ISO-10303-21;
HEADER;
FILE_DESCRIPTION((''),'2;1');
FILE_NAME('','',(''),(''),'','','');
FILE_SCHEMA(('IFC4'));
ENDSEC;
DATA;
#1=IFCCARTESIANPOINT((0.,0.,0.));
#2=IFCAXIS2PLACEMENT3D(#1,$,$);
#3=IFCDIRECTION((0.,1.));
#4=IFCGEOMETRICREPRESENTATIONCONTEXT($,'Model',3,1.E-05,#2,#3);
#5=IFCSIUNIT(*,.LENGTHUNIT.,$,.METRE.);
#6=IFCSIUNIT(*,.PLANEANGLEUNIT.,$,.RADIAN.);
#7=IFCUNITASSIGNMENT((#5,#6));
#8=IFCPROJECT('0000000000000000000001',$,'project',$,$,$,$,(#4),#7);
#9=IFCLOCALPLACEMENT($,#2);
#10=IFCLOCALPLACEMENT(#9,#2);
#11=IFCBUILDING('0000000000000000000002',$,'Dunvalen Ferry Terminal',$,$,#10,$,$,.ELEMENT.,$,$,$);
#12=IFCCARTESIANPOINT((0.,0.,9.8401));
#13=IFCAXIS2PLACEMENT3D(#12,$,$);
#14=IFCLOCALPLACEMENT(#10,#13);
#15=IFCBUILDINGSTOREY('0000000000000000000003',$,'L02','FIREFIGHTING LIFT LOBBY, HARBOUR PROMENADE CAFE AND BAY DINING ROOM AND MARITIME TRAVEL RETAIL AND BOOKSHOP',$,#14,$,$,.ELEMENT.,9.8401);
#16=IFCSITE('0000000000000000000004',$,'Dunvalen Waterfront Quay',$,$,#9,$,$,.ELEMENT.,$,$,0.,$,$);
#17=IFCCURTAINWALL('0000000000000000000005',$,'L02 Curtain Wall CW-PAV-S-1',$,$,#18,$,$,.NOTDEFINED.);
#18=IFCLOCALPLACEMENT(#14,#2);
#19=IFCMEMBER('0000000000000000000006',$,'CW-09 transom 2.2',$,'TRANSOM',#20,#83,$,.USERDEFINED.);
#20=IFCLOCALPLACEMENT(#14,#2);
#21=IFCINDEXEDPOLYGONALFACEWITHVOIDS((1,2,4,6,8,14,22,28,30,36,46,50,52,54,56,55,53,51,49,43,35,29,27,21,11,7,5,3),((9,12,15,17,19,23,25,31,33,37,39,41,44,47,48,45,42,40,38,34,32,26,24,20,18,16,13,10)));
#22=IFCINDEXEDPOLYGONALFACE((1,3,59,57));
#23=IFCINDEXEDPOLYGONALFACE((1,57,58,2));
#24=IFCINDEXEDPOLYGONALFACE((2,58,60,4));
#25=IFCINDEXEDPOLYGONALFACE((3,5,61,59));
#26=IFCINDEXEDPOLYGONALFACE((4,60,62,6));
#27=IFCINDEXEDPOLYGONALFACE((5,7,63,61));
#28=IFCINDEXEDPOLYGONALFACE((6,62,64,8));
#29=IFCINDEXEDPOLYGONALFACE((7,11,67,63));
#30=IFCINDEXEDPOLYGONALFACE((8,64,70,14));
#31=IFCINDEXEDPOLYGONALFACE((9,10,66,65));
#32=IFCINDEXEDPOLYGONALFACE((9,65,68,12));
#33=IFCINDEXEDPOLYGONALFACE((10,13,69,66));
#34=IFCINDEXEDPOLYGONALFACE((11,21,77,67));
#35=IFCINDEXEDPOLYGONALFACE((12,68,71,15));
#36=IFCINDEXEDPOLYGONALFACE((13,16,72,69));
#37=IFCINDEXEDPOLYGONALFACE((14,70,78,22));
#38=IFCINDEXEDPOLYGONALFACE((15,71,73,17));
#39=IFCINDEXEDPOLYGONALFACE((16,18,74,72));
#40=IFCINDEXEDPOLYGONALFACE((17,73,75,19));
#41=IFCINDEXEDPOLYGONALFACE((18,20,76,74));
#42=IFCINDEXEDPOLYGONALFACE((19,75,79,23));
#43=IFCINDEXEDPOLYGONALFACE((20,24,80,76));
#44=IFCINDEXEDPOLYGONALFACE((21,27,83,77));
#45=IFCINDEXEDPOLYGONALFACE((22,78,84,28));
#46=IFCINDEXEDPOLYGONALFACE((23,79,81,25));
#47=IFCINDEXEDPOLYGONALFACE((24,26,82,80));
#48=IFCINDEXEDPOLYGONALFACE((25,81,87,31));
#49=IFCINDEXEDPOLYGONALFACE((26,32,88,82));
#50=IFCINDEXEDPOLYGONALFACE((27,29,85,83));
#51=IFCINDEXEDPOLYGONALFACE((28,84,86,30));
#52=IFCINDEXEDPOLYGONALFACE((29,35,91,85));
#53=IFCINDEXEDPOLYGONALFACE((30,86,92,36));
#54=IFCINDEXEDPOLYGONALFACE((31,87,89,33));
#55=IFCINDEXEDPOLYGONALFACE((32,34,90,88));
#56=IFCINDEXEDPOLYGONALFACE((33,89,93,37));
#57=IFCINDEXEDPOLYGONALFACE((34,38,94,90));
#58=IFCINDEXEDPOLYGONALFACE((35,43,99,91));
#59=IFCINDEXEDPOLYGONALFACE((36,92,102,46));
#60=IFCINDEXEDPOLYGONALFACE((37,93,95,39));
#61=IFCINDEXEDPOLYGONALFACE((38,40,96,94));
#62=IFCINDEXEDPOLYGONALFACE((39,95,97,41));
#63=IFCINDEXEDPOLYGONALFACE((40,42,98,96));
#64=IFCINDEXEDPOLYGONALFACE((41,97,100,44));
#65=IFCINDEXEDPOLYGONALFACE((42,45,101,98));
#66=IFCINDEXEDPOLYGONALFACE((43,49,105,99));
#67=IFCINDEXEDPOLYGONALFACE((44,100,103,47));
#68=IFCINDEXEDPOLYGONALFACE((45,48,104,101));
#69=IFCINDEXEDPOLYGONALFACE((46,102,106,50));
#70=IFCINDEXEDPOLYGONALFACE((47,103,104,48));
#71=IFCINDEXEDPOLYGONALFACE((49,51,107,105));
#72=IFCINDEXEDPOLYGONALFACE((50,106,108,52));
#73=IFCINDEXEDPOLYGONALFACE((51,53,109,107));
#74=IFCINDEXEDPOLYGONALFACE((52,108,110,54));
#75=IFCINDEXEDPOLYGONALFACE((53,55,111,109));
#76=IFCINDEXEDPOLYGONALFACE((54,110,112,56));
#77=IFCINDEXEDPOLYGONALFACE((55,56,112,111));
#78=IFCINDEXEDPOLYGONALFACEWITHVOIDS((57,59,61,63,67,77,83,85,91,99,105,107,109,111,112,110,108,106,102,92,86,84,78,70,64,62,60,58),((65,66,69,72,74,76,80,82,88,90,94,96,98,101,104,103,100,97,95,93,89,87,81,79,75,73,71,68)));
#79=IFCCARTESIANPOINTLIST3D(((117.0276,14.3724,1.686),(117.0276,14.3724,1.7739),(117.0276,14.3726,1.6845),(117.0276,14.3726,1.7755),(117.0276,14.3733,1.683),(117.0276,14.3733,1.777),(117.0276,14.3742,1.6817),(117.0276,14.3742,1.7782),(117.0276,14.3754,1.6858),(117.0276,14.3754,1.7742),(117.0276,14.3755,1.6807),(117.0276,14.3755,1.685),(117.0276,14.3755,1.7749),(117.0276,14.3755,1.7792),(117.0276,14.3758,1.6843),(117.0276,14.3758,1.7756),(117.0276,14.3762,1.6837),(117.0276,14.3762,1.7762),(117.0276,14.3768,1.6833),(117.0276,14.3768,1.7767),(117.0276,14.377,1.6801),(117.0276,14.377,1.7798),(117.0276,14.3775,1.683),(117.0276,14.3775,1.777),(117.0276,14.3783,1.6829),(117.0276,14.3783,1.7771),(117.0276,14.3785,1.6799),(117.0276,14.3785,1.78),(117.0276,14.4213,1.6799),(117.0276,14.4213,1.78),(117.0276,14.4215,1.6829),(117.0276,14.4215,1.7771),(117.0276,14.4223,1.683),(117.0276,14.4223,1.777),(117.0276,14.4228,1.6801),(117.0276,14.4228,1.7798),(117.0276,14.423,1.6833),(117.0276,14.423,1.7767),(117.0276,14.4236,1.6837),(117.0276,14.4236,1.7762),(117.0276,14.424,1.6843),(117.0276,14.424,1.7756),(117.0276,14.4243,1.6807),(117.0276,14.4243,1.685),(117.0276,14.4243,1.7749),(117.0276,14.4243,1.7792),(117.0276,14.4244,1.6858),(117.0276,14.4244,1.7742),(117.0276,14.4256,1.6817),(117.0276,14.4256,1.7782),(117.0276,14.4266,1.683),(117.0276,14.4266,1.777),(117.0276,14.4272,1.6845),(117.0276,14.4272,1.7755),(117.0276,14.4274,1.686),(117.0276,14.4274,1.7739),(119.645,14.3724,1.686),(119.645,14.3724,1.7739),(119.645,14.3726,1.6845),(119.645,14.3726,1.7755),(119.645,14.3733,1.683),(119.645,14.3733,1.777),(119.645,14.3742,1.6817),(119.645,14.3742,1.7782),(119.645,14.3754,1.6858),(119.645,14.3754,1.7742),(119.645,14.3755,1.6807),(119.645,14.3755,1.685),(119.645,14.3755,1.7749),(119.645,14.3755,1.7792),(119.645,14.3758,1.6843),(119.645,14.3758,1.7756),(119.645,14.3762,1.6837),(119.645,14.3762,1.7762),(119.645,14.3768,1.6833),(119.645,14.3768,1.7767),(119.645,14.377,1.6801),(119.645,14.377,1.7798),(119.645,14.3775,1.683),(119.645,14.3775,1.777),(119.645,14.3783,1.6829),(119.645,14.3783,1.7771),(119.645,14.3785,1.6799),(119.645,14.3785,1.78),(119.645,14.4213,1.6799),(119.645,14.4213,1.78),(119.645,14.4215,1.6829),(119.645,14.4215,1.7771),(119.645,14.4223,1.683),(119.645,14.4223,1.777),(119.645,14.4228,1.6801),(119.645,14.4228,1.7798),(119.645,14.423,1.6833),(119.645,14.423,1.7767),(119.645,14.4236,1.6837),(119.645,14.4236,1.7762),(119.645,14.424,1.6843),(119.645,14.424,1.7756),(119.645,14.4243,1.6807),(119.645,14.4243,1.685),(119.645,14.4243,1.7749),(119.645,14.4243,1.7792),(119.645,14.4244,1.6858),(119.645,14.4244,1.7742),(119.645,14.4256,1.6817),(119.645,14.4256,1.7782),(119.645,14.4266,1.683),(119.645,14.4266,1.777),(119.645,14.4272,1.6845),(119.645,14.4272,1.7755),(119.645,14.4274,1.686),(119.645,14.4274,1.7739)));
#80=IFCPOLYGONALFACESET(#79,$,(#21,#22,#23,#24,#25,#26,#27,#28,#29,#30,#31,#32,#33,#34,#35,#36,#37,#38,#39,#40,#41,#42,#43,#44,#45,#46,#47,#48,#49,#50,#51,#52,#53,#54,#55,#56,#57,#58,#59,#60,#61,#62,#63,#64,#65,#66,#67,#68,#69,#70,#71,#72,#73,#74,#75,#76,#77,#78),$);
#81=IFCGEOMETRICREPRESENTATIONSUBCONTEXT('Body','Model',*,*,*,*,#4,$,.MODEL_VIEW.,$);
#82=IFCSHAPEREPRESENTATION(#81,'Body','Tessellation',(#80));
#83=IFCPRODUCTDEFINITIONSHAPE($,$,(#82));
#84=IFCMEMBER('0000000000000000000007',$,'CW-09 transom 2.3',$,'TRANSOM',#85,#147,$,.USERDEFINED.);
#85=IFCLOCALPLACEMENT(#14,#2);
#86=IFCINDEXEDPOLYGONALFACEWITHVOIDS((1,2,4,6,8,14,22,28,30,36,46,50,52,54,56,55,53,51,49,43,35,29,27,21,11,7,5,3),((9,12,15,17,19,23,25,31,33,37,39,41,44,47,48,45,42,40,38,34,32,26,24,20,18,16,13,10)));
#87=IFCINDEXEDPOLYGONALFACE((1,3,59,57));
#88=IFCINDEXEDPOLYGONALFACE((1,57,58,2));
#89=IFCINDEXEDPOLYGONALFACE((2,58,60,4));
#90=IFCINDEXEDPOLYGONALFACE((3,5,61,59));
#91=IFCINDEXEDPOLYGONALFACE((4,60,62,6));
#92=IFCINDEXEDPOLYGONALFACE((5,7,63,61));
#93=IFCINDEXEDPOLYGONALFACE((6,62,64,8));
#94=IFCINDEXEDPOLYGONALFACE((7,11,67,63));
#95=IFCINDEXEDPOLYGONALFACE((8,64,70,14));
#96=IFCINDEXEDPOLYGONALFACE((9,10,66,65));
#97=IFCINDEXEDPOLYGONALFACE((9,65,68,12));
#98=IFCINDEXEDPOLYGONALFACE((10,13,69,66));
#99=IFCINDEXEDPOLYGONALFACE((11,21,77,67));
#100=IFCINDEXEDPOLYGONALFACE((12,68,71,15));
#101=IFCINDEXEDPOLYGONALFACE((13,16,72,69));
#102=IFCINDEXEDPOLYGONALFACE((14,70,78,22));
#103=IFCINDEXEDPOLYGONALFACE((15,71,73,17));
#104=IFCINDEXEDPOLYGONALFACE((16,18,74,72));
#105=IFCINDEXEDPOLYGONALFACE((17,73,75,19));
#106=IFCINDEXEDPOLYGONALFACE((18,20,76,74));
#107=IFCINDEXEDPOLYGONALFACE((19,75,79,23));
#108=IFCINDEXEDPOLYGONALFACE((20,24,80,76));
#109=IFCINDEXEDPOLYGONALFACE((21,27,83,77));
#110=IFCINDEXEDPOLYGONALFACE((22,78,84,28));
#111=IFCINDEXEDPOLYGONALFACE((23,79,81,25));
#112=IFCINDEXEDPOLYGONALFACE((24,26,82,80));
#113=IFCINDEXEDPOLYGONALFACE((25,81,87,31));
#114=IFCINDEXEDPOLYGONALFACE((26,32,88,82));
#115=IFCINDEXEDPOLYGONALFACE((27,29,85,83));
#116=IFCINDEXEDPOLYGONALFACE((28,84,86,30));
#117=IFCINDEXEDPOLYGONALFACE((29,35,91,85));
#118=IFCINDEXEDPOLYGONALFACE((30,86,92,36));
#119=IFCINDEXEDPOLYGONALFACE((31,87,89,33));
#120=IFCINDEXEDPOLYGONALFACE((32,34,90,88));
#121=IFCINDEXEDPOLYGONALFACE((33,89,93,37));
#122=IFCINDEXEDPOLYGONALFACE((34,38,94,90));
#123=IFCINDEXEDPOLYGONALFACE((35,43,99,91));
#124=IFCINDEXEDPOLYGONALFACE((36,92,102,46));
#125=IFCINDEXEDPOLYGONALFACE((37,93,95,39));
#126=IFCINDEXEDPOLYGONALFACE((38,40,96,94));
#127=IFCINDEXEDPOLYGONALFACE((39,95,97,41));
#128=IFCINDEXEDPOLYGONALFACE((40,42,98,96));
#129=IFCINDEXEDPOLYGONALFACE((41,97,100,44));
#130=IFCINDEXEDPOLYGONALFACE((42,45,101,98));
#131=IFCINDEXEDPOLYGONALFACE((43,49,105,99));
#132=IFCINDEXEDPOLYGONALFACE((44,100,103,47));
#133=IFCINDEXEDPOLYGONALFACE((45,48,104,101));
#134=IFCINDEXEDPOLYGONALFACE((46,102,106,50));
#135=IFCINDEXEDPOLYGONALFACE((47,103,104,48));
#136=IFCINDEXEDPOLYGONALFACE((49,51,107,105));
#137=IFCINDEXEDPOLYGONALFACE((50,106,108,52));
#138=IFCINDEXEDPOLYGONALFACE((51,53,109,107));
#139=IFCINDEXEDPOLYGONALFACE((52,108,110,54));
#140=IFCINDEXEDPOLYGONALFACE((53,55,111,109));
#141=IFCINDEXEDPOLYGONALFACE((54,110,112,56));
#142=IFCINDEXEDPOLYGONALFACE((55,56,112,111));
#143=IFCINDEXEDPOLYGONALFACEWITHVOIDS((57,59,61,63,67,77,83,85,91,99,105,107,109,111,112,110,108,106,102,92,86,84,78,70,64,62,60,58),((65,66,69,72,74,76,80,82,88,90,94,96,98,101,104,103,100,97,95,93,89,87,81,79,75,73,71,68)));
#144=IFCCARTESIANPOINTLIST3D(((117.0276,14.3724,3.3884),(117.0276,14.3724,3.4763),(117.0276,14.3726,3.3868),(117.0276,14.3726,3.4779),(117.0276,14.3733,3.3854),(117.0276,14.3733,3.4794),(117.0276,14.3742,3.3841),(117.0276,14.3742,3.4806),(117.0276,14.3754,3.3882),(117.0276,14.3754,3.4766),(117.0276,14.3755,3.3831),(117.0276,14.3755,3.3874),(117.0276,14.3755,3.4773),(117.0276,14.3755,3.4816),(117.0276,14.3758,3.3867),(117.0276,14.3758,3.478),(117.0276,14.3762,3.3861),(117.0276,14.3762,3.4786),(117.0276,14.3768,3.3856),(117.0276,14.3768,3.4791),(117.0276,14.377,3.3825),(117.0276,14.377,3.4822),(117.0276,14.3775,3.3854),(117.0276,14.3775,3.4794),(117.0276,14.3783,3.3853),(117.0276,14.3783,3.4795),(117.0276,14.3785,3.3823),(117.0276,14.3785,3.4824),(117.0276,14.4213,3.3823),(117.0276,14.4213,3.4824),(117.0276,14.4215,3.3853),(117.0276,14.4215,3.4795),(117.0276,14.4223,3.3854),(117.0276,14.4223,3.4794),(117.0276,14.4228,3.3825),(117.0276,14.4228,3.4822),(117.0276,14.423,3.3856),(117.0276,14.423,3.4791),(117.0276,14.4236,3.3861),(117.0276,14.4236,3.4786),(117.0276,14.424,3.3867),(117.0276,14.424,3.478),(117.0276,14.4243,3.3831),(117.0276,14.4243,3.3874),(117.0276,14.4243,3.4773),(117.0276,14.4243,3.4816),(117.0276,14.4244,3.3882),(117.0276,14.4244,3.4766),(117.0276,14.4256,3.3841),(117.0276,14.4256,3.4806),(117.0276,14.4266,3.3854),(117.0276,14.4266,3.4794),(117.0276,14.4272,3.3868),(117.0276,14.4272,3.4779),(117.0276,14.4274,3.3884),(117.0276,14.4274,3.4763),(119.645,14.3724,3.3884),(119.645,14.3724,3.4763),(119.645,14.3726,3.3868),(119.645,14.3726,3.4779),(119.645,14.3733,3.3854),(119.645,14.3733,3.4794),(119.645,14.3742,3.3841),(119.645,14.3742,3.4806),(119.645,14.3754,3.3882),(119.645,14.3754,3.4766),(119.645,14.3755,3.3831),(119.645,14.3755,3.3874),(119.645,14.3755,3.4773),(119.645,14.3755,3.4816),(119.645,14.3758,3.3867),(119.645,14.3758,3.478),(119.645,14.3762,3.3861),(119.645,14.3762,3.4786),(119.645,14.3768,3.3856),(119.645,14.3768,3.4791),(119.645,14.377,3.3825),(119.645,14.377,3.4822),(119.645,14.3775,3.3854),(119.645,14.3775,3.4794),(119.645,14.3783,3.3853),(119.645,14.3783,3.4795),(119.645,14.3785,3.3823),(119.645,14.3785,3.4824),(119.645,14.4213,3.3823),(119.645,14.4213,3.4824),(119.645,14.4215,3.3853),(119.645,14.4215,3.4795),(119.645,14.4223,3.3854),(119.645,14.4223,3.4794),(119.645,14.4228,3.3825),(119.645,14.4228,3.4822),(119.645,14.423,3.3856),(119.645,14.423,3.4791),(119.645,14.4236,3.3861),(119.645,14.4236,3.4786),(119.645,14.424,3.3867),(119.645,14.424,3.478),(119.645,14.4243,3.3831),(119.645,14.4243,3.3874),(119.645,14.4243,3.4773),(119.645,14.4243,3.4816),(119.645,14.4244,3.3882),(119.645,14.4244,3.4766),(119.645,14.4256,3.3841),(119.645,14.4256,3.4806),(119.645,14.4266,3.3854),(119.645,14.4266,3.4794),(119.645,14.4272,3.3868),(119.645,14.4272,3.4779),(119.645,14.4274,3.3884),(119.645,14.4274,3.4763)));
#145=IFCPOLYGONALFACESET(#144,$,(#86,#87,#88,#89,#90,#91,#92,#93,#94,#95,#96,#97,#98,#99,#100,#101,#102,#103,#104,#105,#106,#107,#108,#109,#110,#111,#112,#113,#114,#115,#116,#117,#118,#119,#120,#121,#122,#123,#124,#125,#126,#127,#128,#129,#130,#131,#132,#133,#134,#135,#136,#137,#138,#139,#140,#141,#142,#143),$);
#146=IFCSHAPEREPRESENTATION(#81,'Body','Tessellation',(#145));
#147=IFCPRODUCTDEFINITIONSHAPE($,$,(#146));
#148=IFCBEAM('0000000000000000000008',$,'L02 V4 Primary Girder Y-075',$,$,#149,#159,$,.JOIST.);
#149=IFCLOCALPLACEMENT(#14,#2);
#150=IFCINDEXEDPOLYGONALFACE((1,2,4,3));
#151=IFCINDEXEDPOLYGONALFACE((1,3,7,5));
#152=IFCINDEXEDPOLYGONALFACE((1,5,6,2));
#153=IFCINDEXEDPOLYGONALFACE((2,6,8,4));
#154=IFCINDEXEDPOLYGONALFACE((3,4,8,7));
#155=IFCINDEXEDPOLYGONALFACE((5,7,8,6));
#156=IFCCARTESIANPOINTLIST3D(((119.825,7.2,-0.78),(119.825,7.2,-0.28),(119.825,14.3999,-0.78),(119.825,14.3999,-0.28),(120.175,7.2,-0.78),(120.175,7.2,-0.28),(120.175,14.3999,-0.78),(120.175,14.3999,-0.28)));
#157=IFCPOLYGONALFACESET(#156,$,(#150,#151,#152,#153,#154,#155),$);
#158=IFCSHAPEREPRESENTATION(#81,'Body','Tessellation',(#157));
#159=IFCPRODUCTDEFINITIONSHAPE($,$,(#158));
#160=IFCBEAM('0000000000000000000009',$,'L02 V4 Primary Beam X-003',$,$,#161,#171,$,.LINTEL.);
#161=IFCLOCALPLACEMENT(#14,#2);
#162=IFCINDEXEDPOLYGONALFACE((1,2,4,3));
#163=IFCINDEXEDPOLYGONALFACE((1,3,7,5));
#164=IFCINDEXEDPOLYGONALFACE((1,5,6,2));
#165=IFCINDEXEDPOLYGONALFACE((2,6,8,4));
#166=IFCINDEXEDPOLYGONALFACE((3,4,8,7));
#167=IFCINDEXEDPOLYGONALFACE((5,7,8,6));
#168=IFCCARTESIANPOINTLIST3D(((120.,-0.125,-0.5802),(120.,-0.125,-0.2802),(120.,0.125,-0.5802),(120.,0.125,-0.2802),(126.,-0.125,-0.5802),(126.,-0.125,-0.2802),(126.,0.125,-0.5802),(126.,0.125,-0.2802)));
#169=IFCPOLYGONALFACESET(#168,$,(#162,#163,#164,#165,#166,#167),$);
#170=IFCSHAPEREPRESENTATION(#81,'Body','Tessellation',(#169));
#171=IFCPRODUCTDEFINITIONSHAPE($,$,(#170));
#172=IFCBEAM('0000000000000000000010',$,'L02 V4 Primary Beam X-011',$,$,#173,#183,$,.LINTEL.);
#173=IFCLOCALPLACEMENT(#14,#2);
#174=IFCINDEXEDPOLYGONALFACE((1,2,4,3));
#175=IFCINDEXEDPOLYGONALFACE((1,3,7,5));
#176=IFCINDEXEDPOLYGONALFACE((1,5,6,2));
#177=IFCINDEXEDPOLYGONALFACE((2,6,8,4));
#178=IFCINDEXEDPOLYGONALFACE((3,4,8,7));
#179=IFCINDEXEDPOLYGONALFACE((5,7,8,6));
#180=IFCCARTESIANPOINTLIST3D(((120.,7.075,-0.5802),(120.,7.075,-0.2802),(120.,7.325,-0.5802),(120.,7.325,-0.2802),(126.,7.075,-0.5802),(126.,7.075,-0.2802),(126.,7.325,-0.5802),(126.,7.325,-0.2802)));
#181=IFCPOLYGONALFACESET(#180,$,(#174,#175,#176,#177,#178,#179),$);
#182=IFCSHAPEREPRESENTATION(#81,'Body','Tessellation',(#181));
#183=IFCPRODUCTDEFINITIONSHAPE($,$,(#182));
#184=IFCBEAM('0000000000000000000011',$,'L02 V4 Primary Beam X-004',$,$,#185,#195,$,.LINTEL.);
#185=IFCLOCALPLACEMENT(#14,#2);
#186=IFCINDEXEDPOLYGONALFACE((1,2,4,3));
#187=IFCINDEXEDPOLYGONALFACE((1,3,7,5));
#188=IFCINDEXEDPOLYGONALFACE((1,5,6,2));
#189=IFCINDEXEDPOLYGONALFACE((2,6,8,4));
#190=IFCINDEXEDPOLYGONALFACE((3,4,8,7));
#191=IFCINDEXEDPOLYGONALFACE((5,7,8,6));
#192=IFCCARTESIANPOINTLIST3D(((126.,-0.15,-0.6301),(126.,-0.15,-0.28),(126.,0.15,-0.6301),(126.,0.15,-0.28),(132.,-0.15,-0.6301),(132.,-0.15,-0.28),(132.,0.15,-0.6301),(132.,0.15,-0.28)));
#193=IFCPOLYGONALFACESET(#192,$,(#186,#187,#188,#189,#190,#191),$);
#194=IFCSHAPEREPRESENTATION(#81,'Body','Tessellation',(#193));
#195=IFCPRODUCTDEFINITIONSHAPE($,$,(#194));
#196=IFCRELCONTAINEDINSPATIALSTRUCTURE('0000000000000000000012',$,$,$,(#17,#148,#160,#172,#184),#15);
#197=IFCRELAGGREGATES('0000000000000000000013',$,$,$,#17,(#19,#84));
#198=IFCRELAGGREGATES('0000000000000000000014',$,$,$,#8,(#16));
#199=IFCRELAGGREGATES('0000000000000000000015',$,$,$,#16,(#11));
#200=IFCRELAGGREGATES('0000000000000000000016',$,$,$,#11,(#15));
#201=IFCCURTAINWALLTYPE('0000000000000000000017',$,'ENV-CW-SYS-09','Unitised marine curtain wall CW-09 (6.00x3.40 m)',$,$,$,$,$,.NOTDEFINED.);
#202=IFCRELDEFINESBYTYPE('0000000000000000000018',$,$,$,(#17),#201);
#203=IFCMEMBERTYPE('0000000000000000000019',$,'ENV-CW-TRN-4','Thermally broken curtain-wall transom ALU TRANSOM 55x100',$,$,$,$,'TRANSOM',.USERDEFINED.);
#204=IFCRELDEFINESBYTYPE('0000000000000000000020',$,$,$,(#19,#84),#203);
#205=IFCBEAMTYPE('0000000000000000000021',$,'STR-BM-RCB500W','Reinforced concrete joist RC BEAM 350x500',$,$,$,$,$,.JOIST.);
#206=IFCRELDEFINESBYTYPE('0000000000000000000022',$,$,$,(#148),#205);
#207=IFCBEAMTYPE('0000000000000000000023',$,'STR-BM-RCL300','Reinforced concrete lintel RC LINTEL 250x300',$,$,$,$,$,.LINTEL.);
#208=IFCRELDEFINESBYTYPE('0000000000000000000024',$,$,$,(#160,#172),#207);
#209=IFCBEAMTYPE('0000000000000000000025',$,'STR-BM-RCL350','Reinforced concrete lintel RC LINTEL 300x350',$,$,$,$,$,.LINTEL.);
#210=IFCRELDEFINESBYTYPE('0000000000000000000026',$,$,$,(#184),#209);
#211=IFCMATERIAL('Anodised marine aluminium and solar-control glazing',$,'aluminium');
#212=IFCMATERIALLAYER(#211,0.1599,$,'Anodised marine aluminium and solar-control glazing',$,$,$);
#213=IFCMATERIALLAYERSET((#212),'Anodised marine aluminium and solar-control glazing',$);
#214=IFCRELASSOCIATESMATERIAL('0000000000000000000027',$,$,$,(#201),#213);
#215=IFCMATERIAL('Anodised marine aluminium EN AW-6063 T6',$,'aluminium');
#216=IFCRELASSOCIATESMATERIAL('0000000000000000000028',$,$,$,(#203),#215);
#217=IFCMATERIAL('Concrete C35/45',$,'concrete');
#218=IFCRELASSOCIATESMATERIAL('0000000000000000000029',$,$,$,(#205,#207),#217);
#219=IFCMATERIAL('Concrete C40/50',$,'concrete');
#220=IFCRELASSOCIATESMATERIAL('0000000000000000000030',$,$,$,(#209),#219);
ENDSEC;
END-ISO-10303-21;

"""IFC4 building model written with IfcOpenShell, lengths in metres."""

from ifc_helpers import new_model, si_unit, direction, frame, origin, origin_2d, place, context, subcontext, project, spatial, rectangle, hollow_rectangle, extrude, material, layer, layer_set, material_profile, profile_set, type_object, element, aggregate, save


model = new_model("IFC4")

# Units and contexts
model_context = context("Model", 3, precision=1e-05, world=origin(), true_north=direction((0.0, 1.0)))
body_context = subcontext(model_context, "Body", "Model", "MODEL_VIEW")
ifc_project = project(units=[si_unit("LENGTHUNIT", "METRE"), si_unit("PLANEANGLEUNIT", "RADIAN")], contexts=[model_context])

# Site, building, storey
site_placement = place(None, origin())
site = spatial("IfcSite", under=ifc_project, at=site_placement, Name="Dunvalen Waterfront Quay", CompositionType="ELEMENT", RefElevation=0.0)
building_placement = place(site_placement, origin())
building = spatial("IfcBuilding", under=site, at=building_placement, Name="Dunvalen Ferry Terminal", CompositionType="ELEMENT")
storey_placement = place(building_placement, frame((0.0, 0.0, 9.8401)))
storey = spatial("IfcBuildingStorey", under=building, at=storey_placement, Name="L02", Description="FIREFIGHTING LIFT LOBBY, HARBOUR PROMENADE CAFE AND BAY DINING ROOM AND MARITIME TRAVEL RETAIL AND BOOKSHOP", CompositionType="ELEMENT", Elevation=9.8401)

# Curtain wall, members
ifc_material_1 = material(Name="Anodised marine aluminium and solar-control glazing", Category="aluminium")
ifc_layer_1 = layer(ifc_material_1, 0.1599, Name="Anodised marine aluminium and solar-control glazing")
ifc_layer_set_1 = layer_set([ifc_layer_1], Name="Anodised marine aluminium and solar-control glazing")
curtain_wall_type = type_object("IfcCurtainWallType", Name="ENV-CW-SYS-09", Description="Unitised marine curtain wall CW-09 (6.00x3.40 m)", PredefinedType="NOTDEFINED", material=ifc_layer_set_1)
curtain_wall_placement = place(storey_placement, origin())
curtain_wall = element("IfcCurtainWall", 1, at=curtain_wall_placement, inside=storey, type_object=curtain_wall_type, Name="L02 Curtain Wall CW-PAV-S-1", PredefinedType="NOTDEFINED")
ifc_material_2 = material(Name="Anodised marine aluminium EN AW-6063 T6", Category="aluminium")
ifc_material_profile_1 = material_profile(ifc_material_2, hollow_rectangle(XDim=0.0549, YDim=0.1001, WallThickness=0.0029, InnerFilletRadius=0.0029, OuterFilletRadius=0.0061, at=origin_2d()), Name="Anodised marine aluminium EN AW-6063 T6")
ifc_profile_set_1 = profile_set([ifc_material_profile_1], Name="Anodised marine aluminium EN AW-6063 T6")
member_type_1 = type_object("IfcMemberType", Name="ENV-CW-TRN-4", Description="Thermally broken curtain-wall transom ALU TRANSOM 55x100", ElementType="TRANSOM", PredefinedType="USERDEFINED", material=ifc_profile_set_1)
member_1_placement = place(storey_placement, frame((117.0276, 14.3999, 1.73), z_axis=(1.0, 0.0, 0.0), x_axis=(0.0, 1.0, 0.0)))
member_1 = element("IfcMember", 2, at=member_1_placement, type_object=member_type_1, Name="CW-09 transom 2.2", ObjectType="TRANSOM", PredefinedType="USERDEFINED", context=body_context, shape_type="SweptSolid", body=[
    extrude(hollow_rectangle(XDim=0.0549, YDim=0.1001, WallThickness=0.0029, InnerFilletRadius=0.0029, OuterFilletRadius=0.0061, at=origin_2d()), origin(), (0.0, 0.0, 1.0), 2.6174),
])
member_2_placement = place(storey_placement, frame((117.0276, 14.3999, 3.4324), z_axis=(1.0, 0.0, 0.0), x_axis=(0.0, 1.0, 0.0)))
member_2 = element("IfcMember", 3, at=member_2_placement, type_object=member_type_1, Name="CW-09 transom 2.3", ObjectType="TRANSOM", PredefinedType="USERDEFINED", context=body_context, shape_type="SweptSolid", body=[
    extrude(hollow_rectangle(XDim=0.0549, YDim=0.1001, WallThickness=0.0029, InnerFilletRadius=0.0029, OuterFilletRadius=0.0061, at=origin_2d()), origin(), (0.0, 0.0, 1.0), 2.6174),
])

# Beams
ifc_material_3 = material(Name="Concrete C35/45", Category="concrete")
ifc_material_profile_2 = material_profile(ifc_material_3, rectangle(XDim=0.3501, YDim=0.5, at=origin_2d()), Name="Concrete C35/45")
ifc_profile_set_2 = profile_set([ifc_material_profile_2], Name="Concrete C35/45")
beam_type_1 = type_object("IfcBeamType", Name="STR-BM-RCB500W", Description="Reinforced concrete joist RC BEAM 350x500", PredefinedType="JOIST", material=ifc_profile_set_2)
beam_1_placement = place(storey_placement, frame((120.0, 7.2, -0.53), z_axis=(0.0, 1.0, 0.0), x_axis=(-1.0, 0.0, 0.0)))
element("IfcBeam", 4, at=beam_1_placement, inside=storey, type_object=beam_type_1, Name="L02 V4 Primary Girder Y-075", PredefinedType="JOIST", context=body_context, shape_type="SweptSolid", body=[
    extrude(rectangle(XDim=0.3501, YDim=0.5, at=origin_2d()), origin(), (0.0, 0.0, 1.0), 7.2),
])
ifc_material_profile_3 = material_profile(ifc_material_3, rectangle(XDim=0.25, YDim=0.3, at=origin_2d()), Name="Concrete C35/45")
ifc_profile_set_3 = profile_set([ifc_material_profile_3], Name="Concrete C35/45")
beam_type_2 = type_object("IfcBeamType", Name="STR-BM-RCL300", Description="Reinforced concrete lintel RC LINTEL 250x300", PredefinedType="LINTEL", material=ifc_profile_set_3)
for number, where, z_axis, x_axis, name in (
    (5, (120.0, 0.0, -0.4302), (1.0, 0.0, 0.0), (0.0, 1.0, 0.0), "L02 V4 Primary Beam X-003"),
    (6, (120.0, 7.2, -0.4302), (1.0, 0.0, 0.0), (0.0, 1.0, 0.0), "L02 V4 Primary Beam X-011"),
):
    element("IfcBeam", number, at=place(storey_placement, frame(where, z_axis=z_axis, x_axis=x_axis)), inside=storey, type_object=beam_type_2, Name=name, PredefinedType="LINTEL", context=body_context, shape_type="SweptSolid", body=[
        extrude(rectangle(XDim=0.25, YDim=0.3, at=origin_2d()), origin(), (0.0, 0.0, 1.0), 6.0),
    ])
ifc_material_4 = material(Name="Concrete C40/50", Category="concrete")
ifc_material_profile_4 = material_profile(ifc_material_4, rectangle(XDim=0.3, YDim=0.3501, at=origin_2d()), Name="Concrete C40/50")
ifc_profile_set_4 = profile_set([ifc_material_profile_4], Name="Concrete C40/50")
beam_type_3 = type_object("IfcBeamType", Name="STR-BM-RCL350", Description="Reinforced concrete lintel RC LINTEL 300x350", PredefinedType="LINTEL", material=ifc_profile_set_4)
for number, where, z_axis, x_axis, name in (
    (7, (126.0, 0.0, -0.4551), (1.0, 0.0, 0.0), (0.0, 1.0, 0.0), "L02 V4 Primary Beam X-004"),
):
    element("IfcBeam", number, at=place(storey_placement, frame(where, z_axis=z_axis, x_axis=x_axis)), inside=storey, type_object=beam_type_3, Name=name, PredefinedType="LINTEL", context=body_context, shape_type="SweptSolid", body=[
        extrude(rectangle(XDim=0.3, YDim=0.3501, at=origin_2d()), origin(), (0.0, 0.0, 1.0), 6.0),
    ])

aggregate(curtain_wall, [member_1, member_2])

save(model, "model.ifc")
